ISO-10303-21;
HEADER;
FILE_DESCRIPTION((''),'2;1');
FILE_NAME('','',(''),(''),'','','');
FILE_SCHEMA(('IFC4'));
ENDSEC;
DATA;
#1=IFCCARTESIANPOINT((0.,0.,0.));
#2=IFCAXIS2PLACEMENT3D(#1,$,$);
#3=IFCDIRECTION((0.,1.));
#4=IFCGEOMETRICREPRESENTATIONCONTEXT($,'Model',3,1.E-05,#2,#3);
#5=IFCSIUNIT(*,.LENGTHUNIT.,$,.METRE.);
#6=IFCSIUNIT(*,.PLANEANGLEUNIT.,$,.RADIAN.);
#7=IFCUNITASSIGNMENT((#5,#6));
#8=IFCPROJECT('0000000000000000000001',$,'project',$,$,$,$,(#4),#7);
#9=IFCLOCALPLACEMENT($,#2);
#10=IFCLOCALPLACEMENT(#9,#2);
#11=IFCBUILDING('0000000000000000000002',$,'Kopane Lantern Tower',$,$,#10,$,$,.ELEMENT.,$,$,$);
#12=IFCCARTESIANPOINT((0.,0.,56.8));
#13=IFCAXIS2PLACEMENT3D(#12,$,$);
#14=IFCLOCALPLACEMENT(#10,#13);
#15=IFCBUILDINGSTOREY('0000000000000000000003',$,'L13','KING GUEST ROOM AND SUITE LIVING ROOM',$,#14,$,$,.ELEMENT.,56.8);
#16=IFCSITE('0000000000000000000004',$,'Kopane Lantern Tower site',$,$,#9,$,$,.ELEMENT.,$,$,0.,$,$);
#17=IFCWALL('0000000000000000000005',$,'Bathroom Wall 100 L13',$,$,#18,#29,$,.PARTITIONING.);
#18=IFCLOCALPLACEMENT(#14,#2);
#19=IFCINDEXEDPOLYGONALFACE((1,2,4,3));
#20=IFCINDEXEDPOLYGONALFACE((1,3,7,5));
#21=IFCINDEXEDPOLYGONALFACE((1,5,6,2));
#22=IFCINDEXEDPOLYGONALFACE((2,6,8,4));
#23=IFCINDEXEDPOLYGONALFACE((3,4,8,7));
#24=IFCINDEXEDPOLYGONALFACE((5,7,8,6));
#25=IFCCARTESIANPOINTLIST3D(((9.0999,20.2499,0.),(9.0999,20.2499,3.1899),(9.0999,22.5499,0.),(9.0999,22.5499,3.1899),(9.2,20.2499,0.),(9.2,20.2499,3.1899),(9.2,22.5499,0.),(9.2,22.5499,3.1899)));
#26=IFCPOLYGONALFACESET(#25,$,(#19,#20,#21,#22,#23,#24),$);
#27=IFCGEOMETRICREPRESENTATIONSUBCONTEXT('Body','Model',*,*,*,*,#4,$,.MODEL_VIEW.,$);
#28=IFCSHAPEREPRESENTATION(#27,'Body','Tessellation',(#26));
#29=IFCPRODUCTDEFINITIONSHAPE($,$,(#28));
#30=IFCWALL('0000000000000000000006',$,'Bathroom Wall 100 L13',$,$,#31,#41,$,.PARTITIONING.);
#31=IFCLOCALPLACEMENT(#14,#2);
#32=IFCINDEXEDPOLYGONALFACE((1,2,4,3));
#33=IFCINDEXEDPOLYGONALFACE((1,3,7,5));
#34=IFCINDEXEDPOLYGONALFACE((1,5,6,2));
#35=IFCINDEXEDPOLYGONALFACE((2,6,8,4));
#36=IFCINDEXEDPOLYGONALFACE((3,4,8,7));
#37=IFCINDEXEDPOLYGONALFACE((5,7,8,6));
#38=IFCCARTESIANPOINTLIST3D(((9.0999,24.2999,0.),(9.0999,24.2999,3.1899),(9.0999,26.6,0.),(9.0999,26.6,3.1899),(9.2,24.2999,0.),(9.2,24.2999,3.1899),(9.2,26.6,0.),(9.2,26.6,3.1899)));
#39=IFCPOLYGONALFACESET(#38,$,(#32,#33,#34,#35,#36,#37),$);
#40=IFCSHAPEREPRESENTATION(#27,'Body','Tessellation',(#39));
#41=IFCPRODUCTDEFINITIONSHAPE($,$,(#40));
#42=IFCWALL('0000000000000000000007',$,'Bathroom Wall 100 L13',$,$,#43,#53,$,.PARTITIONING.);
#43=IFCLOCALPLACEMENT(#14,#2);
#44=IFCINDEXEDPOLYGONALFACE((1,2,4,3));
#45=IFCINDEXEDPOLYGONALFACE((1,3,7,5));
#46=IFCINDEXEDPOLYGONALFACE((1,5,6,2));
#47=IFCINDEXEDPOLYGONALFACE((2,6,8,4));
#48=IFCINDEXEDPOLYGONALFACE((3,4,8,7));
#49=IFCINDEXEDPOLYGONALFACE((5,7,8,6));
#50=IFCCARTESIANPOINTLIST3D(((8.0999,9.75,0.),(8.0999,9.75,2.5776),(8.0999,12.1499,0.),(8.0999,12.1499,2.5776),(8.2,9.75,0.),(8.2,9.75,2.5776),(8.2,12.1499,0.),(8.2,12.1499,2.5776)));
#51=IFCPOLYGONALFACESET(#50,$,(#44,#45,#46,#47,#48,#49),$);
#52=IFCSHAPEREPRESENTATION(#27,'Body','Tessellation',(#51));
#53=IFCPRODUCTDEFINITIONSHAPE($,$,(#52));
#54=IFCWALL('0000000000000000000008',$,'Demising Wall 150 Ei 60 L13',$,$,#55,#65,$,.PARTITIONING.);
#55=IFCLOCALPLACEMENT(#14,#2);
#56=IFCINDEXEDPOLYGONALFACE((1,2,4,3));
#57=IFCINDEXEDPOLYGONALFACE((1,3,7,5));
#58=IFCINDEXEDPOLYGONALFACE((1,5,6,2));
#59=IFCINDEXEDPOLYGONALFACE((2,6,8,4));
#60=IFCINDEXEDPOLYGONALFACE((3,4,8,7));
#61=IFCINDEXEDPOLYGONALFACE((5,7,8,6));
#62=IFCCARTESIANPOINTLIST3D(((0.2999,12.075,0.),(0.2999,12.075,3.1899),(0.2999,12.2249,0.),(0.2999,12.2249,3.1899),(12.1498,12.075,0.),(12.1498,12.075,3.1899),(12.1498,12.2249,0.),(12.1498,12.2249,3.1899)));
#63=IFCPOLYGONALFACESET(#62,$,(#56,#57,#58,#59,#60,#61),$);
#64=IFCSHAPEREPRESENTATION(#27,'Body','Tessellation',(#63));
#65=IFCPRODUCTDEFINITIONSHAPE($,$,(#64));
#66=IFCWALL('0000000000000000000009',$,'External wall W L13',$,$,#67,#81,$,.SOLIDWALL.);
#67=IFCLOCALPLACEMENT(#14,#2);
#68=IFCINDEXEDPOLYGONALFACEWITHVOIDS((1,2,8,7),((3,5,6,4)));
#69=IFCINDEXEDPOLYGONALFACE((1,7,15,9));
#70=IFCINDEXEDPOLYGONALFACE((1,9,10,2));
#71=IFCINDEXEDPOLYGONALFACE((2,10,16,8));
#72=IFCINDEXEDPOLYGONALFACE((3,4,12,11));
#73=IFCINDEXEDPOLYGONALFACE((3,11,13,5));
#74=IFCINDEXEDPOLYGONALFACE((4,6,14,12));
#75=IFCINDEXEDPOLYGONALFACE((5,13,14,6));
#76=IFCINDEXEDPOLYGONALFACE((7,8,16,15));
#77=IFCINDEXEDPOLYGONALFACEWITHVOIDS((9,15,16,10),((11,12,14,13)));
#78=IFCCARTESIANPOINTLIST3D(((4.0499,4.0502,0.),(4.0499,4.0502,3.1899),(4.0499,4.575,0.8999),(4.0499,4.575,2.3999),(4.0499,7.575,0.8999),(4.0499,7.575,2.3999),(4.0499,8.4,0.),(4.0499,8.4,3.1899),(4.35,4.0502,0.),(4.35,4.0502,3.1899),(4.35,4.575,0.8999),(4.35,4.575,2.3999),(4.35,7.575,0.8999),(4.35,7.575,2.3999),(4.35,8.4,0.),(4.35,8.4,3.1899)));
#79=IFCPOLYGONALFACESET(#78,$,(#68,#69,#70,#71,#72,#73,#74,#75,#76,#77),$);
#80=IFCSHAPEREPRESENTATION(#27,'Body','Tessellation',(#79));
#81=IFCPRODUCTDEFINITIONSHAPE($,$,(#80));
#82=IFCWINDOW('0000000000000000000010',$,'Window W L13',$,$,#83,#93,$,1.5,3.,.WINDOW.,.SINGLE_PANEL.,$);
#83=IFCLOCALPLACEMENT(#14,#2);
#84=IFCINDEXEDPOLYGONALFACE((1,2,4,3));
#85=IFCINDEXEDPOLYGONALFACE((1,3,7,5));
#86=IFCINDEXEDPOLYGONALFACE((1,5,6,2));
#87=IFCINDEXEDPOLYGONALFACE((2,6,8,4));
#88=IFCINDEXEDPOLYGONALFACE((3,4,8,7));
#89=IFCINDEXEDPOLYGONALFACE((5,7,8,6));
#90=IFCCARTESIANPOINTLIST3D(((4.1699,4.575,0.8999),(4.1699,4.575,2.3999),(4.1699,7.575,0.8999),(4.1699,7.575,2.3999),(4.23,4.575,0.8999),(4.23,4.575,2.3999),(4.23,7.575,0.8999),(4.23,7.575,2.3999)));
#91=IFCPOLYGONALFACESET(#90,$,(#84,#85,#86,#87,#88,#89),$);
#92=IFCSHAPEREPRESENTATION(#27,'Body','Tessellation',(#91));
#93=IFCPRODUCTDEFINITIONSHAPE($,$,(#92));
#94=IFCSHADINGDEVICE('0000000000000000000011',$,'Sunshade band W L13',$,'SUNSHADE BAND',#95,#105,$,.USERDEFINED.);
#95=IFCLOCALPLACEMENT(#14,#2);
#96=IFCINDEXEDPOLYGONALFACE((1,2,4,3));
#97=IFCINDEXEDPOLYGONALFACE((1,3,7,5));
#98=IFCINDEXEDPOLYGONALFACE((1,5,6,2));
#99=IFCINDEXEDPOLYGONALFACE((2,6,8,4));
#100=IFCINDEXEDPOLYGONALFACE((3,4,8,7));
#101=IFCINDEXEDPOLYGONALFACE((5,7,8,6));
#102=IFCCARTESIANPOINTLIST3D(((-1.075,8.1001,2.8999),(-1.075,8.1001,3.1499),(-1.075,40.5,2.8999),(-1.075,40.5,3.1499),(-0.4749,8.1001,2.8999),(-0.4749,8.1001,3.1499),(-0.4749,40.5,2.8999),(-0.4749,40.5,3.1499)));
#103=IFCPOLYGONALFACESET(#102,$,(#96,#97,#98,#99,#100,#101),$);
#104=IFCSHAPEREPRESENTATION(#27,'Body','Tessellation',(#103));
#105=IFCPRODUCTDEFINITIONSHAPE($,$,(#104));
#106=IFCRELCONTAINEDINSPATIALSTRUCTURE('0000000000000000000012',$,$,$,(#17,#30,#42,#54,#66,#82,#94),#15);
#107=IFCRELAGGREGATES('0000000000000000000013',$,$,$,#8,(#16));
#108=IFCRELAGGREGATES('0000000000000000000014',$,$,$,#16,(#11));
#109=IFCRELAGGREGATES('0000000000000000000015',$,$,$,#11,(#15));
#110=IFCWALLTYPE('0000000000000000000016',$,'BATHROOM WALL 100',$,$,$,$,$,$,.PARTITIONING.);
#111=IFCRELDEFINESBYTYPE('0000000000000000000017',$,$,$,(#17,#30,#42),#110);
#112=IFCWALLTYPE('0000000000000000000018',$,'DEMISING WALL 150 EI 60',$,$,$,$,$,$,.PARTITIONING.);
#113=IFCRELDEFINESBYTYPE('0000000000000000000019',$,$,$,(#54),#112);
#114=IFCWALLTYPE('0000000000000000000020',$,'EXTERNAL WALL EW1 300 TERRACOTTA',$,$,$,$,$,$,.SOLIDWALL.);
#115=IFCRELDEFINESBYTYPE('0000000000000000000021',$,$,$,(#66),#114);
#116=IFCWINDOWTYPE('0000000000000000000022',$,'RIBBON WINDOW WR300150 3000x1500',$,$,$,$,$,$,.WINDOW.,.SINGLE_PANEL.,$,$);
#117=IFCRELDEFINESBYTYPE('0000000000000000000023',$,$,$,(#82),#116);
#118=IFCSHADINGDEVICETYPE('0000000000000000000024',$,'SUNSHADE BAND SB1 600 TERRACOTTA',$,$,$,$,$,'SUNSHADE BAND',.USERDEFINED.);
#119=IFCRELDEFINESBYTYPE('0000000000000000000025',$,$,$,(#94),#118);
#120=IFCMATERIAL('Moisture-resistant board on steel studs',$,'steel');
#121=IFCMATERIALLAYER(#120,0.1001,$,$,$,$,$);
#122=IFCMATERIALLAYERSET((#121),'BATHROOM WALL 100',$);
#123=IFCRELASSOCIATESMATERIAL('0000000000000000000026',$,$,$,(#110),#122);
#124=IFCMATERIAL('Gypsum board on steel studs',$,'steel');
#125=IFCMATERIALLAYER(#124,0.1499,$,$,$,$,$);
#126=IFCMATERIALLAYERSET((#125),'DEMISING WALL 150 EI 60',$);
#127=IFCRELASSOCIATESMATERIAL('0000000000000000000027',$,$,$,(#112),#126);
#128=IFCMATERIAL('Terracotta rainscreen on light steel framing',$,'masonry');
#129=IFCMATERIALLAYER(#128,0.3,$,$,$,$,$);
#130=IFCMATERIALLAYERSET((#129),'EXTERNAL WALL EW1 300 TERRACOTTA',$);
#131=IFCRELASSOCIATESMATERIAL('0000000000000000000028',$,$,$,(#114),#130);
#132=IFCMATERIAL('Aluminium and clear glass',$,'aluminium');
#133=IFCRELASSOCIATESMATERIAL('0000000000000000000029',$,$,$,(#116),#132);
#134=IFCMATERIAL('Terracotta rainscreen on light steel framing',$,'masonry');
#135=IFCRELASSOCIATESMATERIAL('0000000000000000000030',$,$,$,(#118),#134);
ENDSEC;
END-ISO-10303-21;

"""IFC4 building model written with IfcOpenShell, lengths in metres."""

from ifc_helpers import new_model, si_unit, direction, frame, frame_2d, origin, origin_2d, place, context, subcontext, project, spatial, rectangle, extrude, material, layer, layer_set, type_object, element, fill, save


model = new_model("IFC4")

# Units and contexts
model_context = context("Model", 3, precision=1e-05, world=origin(), true_north=direction((0.0, 1.0)))
body_context = subcontext(model_context, "Body", "Model", "MODEL_VIEW")
ifc_project = project(units=[si_unit("LENGTHUNIT", "METRE"), si_unit("PLANEANGLEUNIT", "RADIAN")], contexts=[model_context])

# Site, building, storey
site_placement = place(None, origin())
site = spatial("IfcSite", under=ifc_project, at=site_placement, Name="Kopane Lantern Tower site", CompositionType="ELEMENT", RefElevation=0.0)
building_placement = place(site_placement, origin())
building = spatial("IfcBuilding", under=site, at=building_placement, Name="Kopane Lantern Tower", CompositionType="ELEMENT")
storey_placement = place(building_placement, frame((0.0, 0.0, 56.8)))
storey = spatial("IfcBuildingStorey", under=building, at=storey_placement, Name="L13", Description="KING GUEST ROOM AND SUITE LIVING ROOM", CompositionType="ELEMENT", Elevation=56.8)

# Walls
ifc_material_1 = material(Name="Moisture-resistant board on steel studs", Category="steel")
ifc_layer_1 = layer(ifc_material_1, 0.1001)
ifc_layer_set_1 = layer_set([ifc_layer_1], Name="BATHROOM WALL 100")
wall_type_1 = type_object("IfcWallType", Name="BATHROOM WALL 100", PredefinedType="PARTITIONING", material=ifc_layer_set_1)
for number, where, z_axis, x_axis, name in (
    (1, (9.1499, 20.25, 0.0), (0.0, 0.0, 1.0), (0.0, 1.0, 0.0), "Bathroom Wall 100 L13"),
    (2, (9.1499, 24.3, 0.0), (0.0, 0.0, 1.0), (0.0, 1.0, 0.0), "Bathroom Wall 100 L13"),
):
    element("IfcWall", number, at=place(storey_placement, frame(where, z_axis=z_axis, x_axis=x_axis)), inside=storey, type_object=wall_type_1, Name=name, PredefinedType="PARTITIONING", context=body_context, shape_type="SweptSolid", body=[
        extrude(rectangle(XDim=2.3, YDim=0.1001, at=frame_2d((1.1499, 0.0))), origin(), (0.0, 0.0, 1.0), 3.1899),
    ])
wall_1_placement = place(storey_placement, frame((8.1499, 12.1499, 0.0), z_axis=(0.0, 0.0, 1.0), x_axis=(0.0, -1.0, 0.0)))
element("IfcWall", 3, at=wall_1_placement, inside=storey, type_object=wall_type_1, Name="Bathroom Wall 100 L13", PredefinedType="PARTITIONING", context=body_context, shape_type="SweptSolid", body=[
    extrude(rectangle(XDim=2.3999, YDim=0.1001, at=frame_2d((1.2, 0.0))), origin(), (0.0, 0.0, 1.0), 2.5776),
])
ifc_material_2 = material(Name="Gypsum board on steel studs", Category="steel")
ifc_layer_2 = layer(ifc_material_2, 0.1499)
ifc_layer_set_2 = layer_set([ifc_layer_2], Name="DEMISING WALL 150 EI 60")
wall_type_2 = type_object("IfcWallType", Name="DEMISING WALL 150 EI 60", PredefinedType="PARTITIONING", material=ifc_layer_set_2)
wall_2_placement = place(storey_placement, frame((0.3, 12.1499, 0.0), z_axis=(0.0, 0.0, 1.0), x_axis=(1.0, 0.0, 0.0)))
element("IfcWall", 4, at=wall_2_placement, inside=storey, type_object=wall_type_2, Name="Demising Wall 150 Ei 60 L13", PredefinedType="PARTITIONING", context=body_context, shape_type="SweptSolid", body=[
    extrude(rectangle(XDim=11.8499, YDim=0.1499, at=frame_2d((5.9248, 0.0))), origin(), (0.0, 0.0, 1.0), 3.1899),
])

# Wall, opening, window
ifc_material_3 = material(Name="Terracotta rainscreen on light steel framing", Category="masonry")
ifc_layer_3 = layer(ifc_material_3, 0.3)
ifc_layer_set_3 = layer_set([ifc_layer_3], Name="EXTERNAL WALL EW1 300 TERRACOTTA")
wall_type_3 = type_object("IfcWallType", Name="EXTERNAL WALL EW1 300 TERRACOTTA", PredefinedType="SOLIDWALL", material=ifc_layer_set_3)
wall_3_placement = place(storey_placement, frame((4.2, 8.3999, 0.0), z_axis=(0.0, 0.0, 1.0), x_axis=(0.0, -1.0, 0.0)))
wall_3 = element("IfcWall", 5, at=wall_3_placement, inside=storey, type_object=wall_type_3, Name="External wall W L13", PredefinedType="SOLIDWALL", context=body_context, shape_type="SweptSolid", body=[
    extrude(rectangle(XDim=4.3499, YDim=0.3, at=frame_2d((2.1748, 0.0))), origin(), (0.0, 0.0, 1.0), 3.1899),
])
opening_1_placement = place(wall_3_placement, frame((0.825, 0.0, 0.8999)))
opening_1 = element("IfcOpeningElement", 6, at=opening_1_placement, cuts=wall_3, PredefinedType="OPENING", context=body_context, shape_type="SweptSolid", body=[
    extrude(rectangle(XDim=3.0, YDim=1.5, at=frame_2d((1.5, 0.75))), frame((0.0, 0.1599, 0.0), z_axis=(0.0, -1.0, 0.0), x_axis=(1.0, 0.0, 0.0)), (0.0, 0.0, 1.0), 0.3201),
])
ifc_material_4 = material(Name="Aluminium and clear glass", Category="aluminium")
window_type = type_object("IfcWindowType", Name="RIBBON WINDOW WR300150 3000x1500", PartitioningType="SINGLE_PANEL", PredefinedType="WINDOW", material=ifc_material_4)
window_placement = place(opening_1_placement, origin())
window = element("IfcWindow", 7, at=window_placement, inside=storey, type_object=window_type, Name="Window W L13", OverallHeight=1.5, OverallWidth=3.0, PartitioningType="SINGLE_PANEL", PredefinedType="WINDOW", context=body_context, shape_type="SweptSolid", body=[
    extrude(rectangle(XDim=3.0, YDim=1.5, at=frame_2d((1.5, 0.75))), frame((0.0, 0.03, 0.0), z_axis=(0.0, -1.0, 0.0), x_axis=(1.0, 0.0, 0.0)), (0.0, 0.0, 1.0), 0.0601),
])
fill(opening_1, window)

# Shading device
ifc_material_5 = material(Name="Terracotta rainscreen on light steel framing", Category="masonry")
shading_device_type = type_object("IfcShadingDeviceType", Name="SUNSHADE BAND SB1 600 TERRACOTTA", ElementType="SUNSHADE BAND", PredefinedType="USERDEFINED", material=ifc_material_5)
shading_device_placement = place(storey_placement, frame((-0.7749, 24.3, 2.8999), z_axis=(0.0, 0.0, 1.0), x_axis=(0.0, -1.0, 0.0)))
element("IfcShadingDevice", 8, at=shading_device_placement, inside=storey, type_object=shading_device_type, Name="Sunshade band W L13", ObjectType="SUNSHADE BAND", PredefinedType="USERDEFINED", context=body_context, shape_type="SweptSolid", body=[
    extrude(rectangle(XDim=32.3999, YDim=0.6001, at=origin_2d()), origin(), (0.0, 0.0, 1.0), 0.25),
])

save(model, "model.ifc")
